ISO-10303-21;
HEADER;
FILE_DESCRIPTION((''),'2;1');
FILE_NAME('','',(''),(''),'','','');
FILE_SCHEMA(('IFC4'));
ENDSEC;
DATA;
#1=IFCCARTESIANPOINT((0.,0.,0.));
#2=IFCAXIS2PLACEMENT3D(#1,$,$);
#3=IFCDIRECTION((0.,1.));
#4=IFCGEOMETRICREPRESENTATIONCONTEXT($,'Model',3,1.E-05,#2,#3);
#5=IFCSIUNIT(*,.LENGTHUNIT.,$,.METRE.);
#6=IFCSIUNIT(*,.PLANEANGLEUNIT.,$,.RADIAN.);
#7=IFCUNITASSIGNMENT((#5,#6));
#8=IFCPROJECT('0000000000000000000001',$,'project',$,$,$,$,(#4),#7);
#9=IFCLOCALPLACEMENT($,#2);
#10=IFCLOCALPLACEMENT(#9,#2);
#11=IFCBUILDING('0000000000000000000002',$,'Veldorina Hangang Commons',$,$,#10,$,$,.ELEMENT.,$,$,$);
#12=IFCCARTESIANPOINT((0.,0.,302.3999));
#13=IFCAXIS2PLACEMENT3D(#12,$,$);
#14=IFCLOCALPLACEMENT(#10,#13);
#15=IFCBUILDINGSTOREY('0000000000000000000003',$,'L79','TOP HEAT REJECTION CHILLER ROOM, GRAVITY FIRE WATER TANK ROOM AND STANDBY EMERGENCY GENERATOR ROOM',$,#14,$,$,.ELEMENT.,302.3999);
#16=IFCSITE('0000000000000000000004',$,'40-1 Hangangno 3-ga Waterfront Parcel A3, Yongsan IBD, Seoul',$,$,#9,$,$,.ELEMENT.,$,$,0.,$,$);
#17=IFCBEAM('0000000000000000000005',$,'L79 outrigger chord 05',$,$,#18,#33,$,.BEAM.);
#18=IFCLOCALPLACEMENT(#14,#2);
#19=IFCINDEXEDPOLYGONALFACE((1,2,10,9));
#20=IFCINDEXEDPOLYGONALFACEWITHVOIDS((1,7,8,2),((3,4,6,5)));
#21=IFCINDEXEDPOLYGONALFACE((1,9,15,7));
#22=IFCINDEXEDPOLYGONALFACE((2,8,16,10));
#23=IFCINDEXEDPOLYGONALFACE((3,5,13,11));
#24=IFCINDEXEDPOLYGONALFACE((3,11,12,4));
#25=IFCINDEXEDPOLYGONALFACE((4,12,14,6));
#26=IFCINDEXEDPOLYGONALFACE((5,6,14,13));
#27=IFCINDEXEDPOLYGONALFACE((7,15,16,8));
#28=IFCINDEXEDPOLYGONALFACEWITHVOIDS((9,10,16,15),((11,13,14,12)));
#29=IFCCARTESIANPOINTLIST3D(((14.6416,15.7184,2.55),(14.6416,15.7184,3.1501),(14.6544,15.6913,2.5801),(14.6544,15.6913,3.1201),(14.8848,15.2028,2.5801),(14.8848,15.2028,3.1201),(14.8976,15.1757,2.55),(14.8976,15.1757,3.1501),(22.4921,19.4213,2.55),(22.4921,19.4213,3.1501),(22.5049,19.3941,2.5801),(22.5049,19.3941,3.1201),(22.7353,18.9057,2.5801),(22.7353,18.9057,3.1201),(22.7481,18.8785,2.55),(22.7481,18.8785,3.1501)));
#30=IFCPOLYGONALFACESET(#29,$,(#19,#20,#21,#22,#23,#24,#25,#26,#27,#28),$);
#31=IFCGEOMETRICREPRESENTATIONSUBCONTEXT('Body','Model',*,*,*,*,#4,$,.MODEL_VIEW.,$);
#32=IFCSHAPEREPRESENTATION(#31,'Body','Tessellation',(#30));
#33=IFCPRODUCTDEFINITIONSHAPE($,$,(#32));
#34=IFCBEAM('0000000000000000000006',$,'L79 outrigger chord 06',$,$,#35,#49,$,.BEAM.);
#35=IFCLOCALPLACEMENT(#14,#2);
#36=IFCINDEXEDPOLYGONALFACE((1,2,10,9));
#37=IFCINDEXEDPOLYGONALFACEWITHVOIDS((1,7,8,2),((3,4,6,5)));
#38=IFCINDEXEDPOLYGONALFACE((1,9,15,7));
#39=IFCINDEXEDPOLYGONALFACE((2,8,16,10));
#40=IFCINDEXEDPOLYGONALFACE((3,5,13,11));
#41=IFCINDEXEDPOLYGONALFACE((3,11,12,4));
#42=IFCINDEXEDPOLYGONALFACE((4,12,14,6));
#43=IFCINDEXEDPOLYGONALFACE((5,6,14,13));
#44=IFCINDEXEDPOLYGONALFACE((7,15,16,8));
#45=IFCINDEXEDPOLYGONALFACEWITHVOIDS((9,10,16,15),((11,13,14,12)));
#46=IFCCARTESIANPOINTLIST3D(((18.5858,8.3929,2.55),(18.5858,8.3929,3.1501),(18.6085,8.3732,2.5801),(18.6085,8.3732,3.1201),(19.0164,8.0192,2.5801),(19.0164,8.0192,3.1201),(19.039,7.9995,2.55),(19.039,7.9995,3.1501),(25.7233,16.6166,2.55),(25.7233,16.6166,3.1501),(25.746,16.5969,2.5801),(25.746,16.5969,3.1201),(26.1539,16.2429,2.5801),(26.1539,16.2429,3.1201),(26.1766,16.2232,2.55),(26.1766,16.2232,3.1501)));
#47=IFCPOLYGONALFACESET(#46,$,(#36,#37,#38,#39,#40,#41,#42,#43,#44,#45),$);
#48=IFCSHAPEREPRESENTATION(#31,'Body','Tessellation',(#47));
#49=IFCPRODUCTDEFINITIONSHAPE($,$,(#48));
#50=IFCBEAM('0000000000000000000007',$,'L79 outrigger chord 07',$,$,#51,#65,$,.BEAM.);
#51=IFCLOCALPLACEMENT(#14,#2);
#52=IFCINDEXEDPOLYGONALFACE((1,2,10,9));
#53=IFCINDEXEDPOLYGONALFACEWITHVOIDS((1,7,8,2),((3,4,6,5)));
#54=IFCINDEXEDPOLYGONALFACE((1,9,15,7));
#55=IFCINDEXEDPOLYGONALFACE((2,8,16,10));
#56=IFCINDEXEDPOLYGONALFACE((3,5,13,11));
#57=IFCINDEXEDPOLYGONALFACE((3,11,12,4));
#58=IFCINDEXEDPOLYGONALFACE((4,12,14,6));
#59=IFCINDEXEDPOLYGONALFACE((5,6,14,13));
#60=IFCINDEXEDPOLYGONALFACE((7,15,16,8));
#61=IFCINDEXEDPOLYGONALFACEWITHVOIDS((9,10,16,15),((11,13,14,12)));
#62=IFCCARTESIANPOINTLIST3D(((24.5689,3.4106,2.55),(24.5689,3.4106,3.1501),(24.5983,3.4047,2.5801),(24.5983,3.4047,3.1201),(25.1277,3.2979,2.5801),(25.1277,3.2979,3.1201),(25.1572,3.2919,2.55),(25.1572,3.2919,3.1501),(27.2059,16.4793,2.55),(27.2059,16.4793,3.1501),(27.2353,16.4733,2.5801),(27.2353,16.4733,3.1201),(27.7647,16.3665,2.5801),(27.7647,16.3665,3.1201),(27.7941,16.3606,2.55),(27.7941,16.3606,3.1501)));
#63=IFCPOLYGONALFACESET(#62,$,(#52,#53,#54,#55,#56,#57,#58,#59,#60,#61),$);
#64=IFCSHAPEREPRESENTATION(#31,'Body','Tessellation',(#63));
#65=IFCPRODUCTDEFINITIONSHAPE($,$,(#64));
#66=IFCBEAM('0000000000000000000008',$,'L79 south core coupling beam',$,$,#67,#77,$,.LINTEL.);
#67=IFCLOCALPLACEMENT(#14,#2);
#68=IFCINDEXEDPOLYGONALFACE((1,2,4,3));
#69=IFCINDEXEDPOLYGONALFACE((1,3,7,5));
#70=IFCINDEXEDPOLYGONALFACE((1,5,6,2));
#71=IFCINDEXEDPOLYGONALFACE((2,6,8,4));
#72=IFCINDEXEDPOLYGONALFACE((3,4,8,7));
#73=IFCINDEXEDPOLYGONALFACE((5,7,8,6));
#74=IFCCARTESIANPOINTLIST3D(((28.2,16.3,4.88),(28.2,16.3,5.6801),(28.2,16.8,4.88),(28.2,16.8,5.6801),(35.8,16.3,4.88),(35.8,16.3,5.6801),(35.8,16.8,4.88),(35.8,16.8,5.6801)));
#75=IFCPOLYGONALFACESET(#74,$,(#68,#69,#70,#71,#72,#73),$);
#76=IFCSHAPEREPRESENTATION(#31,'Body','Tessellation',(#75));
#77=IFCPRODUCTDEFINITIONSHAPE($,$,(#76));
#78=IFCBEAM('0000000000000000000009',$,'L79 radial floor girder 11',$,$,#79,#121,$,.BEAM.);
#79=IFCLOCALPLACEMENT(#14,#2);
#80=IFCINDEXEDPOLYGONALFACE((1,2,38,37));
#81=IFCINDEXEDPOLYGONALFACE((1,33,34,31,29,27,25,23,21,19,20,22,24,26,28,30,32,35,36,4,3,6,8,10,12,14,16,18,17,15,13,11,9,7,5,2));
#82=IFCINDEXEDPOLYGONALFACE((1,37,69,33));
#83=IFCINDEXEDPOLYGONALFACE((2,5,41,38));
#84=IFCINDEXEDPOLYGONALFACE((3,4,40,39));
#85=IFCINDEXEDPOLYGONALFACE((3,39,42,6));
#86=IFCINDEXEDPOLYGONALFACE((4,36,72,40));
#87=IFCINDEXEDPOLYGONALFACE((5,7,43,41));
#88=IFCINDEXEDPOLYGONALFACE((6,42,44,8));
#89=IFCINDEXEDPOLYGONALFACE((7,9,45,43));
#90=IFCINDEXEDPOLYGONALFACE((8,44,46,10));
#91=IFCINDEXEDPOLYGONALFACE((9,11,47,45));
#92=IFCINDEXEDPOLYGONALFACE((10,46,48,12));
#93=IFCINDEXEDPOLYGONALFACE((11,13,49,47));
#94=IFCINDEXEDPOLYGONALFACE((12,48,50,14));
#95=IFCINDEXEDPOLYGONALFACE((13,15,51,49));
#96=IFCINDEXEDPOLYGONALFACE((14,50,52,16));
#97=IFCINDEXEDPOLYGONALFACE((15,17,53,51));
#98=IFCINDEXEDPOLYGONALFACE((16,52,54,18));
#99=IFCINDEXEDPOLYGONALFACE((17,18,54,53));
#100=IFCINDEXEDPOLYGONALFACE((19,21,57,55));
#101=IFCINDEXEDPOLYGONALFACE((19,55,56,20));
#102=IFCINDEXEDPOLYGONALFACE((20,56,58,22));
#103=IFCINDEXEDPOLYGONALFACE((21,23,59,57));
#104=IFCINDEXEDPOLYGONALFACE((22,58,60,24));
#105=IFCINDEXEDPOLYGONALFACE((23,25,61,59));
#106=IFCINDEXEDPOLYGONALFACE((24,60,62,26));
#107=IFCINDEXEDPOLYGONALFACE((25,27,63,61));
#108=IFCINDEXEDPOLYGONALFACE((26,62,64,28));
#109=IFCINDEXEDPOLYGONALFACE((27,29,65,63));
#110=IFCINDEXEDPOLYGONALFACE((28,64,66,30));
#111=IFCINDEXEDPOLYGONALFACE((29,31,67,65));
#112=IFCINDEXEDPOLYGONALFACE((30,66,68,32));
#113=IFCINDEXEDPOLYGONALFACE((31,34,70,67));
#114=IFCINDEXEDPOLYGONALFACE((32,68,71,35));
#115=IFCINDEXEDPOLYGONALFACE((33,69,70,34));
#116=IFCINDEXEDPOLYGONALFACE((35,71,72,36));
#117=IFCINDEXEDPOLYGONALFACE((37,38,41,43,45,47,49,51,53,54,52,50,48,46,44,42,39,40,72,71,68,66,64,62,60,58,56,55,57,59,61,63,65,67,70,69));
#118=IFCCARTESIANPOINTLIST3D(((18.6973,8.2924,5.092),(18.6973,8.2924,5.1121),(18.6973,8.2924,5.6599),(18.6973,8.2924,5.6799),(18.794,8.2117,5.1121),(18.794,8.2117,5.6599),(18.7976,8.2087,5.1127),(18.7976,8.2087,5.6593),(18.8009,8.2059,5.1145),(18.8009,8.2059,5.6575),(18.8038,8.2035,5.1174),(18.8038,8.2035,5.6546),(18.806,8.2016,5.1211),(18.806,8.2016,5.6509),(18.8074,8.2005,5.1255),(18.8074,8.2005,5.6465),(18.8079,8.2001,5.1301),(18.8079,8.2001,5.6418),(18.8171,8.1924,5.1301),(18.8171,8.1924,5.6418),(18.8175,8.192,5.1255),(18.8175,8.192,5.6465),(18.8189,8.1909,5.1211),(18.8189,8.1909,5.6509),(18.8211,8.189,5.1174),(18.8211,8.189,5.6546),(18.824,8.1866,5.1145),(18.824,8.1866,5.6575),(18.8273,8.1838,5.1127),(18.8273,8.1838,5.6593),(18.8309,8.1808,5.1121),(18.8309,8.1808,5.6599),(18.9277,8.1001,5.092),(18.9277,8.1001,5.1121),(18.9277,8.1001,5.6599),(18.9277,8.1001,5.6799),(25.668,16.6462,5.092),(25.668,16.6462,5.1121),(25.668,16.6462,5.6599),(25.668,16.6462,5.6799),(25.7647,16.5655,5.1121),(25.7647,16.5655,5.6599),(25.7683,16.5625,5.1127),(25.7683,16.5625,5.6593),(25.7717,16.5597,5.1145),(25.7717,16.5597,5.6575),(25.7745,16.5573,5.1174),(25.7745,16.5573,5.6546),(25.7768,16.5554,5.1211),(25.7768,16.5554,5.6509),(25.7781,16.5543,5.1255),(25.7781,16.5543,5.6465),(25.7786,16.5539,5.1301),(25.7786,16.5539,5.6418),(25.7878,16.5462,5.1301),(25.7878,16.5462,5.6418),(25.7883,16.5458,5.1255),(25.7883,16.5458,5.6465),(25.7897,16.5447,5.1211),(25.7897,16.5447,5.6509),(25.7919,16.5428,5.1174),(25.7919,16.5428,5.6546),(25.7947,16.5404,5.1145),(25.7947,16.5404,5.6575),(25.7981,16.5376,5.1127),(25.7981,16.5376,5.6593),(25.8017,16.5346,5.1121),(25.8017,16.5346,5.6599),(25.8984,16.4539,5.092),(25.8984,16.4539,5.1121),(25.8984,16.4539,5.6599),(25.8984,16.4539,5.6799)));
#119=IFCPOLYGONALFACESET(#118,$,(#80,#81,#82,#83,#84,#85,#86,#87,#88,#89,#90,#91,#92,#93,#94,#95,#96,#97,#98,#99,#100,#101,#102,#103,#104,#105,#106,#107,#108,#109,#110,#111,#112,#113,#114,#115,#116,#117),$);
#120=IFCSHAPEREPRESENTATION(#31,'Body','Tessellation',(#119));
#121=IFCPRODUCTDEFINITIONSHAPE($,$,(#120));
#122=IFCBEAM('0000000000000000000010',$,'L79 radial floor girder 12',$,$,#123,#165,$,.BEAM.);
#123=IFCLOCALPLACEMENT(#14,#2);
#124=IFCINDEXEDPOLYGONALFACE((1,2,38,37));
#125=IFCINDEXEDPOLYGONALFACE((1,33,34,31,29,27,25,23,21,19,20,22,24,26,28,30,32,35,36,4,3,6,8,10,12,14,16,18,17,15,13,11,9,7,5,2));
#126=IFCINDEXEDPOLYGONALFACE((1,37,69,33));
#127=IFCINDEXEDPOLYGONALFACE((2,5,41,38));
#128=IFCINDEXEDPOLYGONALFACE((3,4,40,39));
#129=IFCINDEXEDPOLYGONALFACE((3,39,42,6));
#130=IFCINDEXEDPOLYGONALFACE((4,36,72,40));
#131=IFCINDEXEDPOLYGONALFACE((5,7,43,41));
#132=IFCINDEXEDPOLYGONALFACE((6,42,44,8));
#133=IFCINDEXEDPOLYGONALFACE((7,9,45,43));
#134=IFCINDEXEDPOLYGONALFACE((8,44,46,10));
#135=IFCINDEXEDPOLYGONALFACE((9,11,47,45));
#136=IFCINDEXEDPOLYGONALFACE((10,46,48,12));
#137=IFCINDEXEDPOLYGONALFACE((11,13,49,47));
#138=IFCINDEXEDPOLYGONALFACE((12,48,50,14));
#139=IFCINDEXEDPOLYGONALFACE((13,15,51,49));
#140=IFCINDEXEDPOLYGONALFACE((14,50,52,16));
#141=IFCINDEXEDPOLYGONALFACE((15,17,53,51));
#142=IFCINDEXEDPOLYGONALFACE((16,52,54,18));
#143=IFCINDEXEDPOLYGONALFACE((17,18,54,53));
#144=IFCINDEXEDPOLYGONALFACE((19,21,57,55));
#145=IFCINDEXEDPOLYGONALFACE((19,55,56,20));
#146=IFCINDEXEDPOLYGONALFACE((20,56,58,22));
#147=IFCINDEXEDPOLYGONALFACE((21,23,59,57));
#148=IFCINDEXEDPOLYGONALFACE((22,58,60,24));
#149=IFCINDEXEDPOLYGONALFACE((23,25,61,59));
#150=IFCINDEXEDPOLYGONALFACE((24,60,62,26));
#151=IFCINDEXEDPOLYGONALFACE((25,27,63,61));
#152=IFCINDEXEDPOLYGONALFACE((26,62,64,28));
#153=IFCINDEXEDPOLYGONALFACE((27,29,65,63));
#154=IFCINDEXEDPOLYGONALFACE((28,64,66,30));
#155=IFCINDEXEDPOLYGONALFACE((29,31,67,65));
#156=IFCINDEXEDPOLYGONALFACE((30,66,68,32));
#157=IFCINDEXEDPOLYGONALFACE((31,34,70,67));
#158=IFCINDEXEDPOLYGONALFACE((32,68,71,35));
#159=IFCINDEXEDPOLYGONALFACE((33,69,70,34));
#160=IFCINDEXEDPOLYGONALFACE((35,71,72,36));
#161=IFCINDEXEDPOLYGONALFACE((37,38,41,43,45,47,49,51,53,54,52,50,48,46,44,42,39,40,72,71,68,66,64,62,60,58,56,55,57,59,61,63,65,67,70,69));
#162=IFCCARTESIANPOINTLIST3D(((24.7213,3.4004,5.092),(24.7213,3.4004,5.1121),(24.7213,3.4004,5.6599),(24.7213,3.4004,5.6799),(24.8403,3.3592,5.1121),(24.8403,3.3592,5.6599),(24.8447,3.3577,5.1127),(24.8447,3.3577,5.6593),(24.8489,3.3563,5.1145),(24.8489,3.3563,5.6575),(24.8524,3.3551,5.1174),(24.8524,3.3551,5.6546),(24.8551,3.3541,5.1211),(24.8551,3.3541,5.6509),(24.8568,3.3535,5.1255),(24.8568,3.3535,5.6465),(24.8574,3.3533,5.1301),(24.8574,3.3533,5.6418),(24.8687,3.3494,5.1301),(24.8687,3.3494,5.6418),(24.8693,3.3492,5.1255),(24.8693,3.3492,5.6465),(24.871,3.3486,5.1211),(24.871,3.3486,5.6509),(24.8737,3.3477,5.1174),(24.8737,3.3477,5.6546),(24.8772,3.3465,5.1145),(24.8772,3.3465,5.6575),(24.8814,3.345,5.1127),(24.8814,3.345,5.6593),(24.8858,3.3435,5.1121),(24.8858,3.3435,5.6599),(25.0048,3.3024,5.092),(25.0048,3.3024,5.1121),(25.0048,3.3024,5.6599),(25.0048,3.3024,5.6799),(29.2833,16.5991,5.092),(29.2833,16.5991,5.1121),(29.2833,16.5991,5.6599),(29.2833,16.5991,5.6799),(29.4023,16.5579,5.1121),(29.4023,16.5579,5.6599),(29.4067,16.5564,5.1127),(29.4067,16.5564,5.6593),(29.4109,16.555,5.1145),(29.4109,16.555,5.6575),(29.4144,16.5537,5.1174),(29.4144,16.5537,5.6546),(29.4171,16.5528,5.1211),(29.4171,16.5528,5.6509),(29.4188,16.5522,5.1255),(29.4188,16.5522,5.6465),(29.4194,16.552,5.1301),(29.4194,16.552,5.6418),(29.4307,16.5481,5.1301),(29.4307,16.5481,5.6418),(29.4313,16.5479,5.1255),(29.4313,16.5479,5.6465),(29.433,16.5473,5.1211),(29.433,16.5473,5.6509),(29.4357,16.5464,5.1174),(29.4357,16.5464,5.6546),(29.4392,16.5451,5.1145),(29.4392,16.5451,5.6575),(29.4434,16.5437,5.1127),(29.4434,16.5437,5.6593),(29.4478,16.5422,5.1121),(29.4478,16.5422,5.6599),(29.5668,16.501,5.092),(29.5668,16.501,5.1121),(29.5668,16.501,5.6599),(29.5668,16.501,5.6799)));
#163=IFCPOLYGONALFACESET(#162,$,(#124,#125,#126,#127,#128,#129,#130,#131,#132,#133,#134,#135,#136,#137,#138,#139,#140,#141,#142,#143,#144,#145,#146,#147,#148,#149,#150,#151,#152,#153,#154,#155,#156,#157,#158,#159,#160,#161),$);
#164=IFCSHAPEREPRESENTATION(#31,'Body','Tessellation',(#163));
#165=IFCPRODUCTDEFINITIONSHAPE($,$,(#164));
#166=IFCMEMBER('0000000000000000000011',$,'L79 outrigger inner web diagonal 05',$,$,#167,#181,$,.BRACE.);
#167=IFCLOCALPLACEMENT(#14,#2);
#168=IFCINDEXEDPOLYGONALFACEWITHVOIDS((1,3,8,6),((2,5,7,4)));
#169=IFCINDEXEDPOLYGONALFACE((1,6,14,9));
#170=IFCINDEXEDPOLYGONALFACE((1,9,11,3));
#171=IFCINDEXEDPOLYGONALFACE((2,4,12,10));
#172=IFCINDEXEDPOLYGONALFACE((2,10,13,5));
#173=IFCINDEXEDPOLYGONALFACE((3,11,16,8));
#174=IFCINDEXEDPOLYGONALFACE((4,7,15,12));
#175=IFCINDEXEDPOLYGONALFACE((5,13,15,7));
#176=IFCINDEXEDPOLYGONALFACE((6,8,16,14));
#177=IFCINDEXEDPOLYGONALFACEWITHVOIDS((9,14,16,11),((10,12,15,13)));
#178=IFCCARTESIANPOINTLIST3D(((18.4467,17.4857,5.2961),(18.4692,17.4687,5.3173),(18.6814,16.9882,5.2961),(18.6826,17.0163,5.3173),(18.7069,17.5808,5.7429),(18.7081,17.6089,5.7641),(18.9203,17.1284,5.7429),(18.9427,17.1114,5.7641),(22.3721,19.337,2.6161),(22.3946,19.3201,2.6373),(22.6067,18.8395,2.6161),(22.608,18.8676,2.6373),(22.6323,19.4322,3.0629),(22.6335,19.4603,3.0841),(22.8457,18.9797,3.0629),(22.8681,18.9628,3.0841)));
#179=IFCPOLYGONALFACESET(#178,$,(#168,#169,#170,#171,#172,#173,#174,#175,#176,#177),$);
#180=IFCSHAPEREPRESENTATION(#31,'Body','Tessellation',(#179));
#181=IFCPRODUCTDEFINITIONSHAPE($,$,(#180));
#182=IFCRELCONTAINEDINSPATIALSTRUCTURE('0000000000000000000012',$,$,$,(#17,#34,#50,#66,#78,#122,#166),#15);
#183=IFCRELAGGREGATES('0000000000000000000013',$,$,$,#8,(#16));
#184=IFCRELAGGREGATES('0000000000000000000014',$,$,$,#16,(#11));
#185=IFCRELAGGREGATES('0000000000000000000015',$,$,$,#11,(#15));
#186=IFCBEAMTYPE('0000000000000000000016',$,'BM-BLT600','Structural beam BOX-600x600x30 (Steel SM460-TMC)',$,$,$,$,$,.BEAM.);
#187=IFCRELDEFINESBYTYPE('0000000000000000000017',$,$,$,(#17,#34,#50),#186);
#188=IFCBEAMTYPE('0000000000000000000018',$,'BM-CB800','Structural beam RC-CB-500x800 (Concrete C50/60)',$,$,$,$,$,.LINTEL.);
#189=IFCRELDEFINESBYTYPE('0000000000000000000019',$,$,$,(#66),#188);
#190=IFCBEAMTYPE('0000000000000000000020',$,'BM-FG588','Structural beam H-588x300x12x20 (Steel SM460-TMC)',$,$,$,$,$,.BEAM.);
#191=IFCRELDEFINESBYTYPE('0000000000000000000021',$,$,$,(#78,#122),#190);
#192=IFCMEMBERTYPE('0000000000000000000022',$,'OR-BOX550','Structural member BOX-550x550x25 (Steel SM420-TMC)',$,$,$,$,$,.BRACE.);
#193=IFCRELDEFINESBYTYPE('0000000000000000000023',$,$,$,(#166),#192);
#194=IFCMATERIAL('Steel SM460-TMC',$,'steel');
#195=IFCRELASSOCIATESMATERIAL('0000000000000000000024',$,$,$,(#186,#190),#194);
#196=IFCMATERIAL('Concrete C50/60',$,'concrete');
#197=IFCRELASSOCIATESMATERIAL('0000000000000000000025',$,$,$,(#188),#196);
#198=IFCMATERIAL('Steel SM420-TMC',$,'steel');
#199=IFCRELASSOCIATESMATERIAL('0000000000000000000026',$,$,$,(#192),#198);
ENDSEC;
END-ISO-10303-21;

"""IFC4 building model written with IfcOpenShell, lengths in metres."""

from ifc_helpers import new_model, si_unit, direction, frame, origin, origin_2d, place, context, subcontext, project, spatial, rectangle, hollow_rectangle, i_section, extrude, material, material_profile, profile_set, type_object, element, save


model = new_model("IFC4")

# Units and contexts
model_context = context("Model", 3, precision=1e-05, world=origin(), true_north=direction((0.0, 1.0)))
body_context = subcontext(model_context, "Body", "Model", "MODEL_VIEW")
ifc_project = project(units=[si_unit("LENGTHUNIT", "METRE"), si_unit("PLANEANGLEUNIT", "RADIAN")], contexts=[model_context])

# Site, building, storey
site_placement = place(None, origin())
site = spatial("IfcSite", under=ifc_project, at=site_placement, Name="40-1 Hangangno 3-ga Waterfront Parcel A3, Yongsan IBD, Seoul", CompositionType="ELEMENT", RefElevation=0.0)
building_placement = place(site_placement, origin())
building = spatial("IfcBuilding", under=site, at=building_placement, Name="Veldorina Hangang Commons", CompositionType="ELEMENT")
storey_placement = place(building_placement, frame((0.0, 0.0, 302.3999)))
storey = spatial("IfcBuildingStorey", under=building, at=storey_placement, Name="L79", Description="TOP HEAT REJECTION CHILLER ROOM, GRAVITY FIRE WATER TANK ROOM AND STANDBY EMERGENCY GENERATOR ROOM", CompositionType="ELEMENT", Elevation=302.3999)

# Beams
ifc_material_1 = material(Name="Steel SM460-TMC", Category="steel")
ifc_material_profile_1 = material_profile(ifc_material_1, hollow_rectangle(XDim=0.6001, YDim=0.6001, WallThickness=0.03, at=origin_2d()), Name="BOX-600x600x30")
ifc_profile_set_1 = profile_set([ifc_material_profile_1], Name="Steel SM460-TMC")
beam_type_1 = type_object("IfcBeamType", Name="BM-BLT600", Description="Structural beam BOX-600x600x30 (Steel SM460-TMC)", PredefinedType="BEAM", material=ifc_profile_set_1)
beam_1_placement = place(storey_placement, frame((22.6201, 19.1499, 2.8501), z_axis=(-0.904442, -0.426597, 0.0), x_axis=(0.426597, -0.904442, 0.0)))
element("IfcBeam", 1, at=beam_1_placement, inside=storey, type_object=beam_type_1, Name="L79 outrigger chord 05", PredefinedType="BEAM", context=body_context, shape_type="SweptSolid", body=[
    extrude(hollow_rectangle(XDim=0.6001, YDim=0.6001, WallThickness=0.03, at=origin_2d()), origin(), (0.0, 0.0, 1.0), 8.6799),
])
beam_2_placement = place(storey_placement, frame((25.95, 16.4199, 2.8501), z_axis=(-0.655471, -0.755221, 0.0), x_axis=(0.755221, -0.655471, 0.0)))
element("IfcBeam", 2, at=beam_2_placement, inside=storey, type_object=beam_type_1, Name="L79 outrigger chord 06", PredefinedType="BEAM", context=body_context, shape_type="SweptSolid", body=[
    extrude(hollow_rectangle(XDim=0.6001, YDim=0.6001, WallThickness=0.03, at=origin_2d()), origin(), (0.0, 0.0, 1.0), 10.8892),
])
beam_3_placement = place(storey_placement, frame((27.5, 16.4199, 2.8501), z_axis=(-0.197792, -0.980244, 0.0), x_axis=(0.980244, -0.197792, 0.0)))
element("IfcBeam", 3, at=beam_3_placement, inside=storey, type_object=beam_type_1, Name="L79 outrigger chord 07", PredefinedType="BEAM", context=body_context, shape_type="SweptSolid", body=[
    extrude(hollow_rectangle(XDim=0.6001, YDim=0.6001, WallThickness=0.03, at=origin_2d()), origin(), (0.0, 0.0, 1.0), 13.332),
])
ifc_material_2 = material(Name="Concrete C50/60", Category="concrete")
ifc_material_profile_2 = material_profile(ifc_material_2, rectangle(XDim=0.5, YDim=0.8, at=origin_2d()), Name="RC-CB-500x800")
ifc_profile_set_2 = profile_set([ifc_material_profile_2], Name="Concrete C50/60")
beam_type_2 = type_object("IfcBeamType", Name="BM-CB800", Description="Structural beam RC-CB-500x800 (Concrete C50/60)", PredefinedType="LINTEL", material=ifc_profile_set_2)
beam_4_placement = place(storey_placement, frame((28.2, 16.55, 5.28), z_axis=(1.0, 0.0, 0.0), x_axis=(0.0, 1.0, 0.0)))
element("IfcBeam", 4, at=beam_4_placement, inside=storey, type_object=beam_type_2, Name="L79 south core coupling beam", PredefinedType="LINTEL", context=body_context, shape_type="SweptSolid", body=[
    extrude(rectangle(XDim=0.5, YDim=0.8, at=origin_2d()), origin(), (0.0, 0.0, 1.0), 7.6001),
])
ifc_material_profile_3 = material_profile(ifc_material_1, i_section(OverallWidth=0.3, OverallDepth=0.5879, WebThickness=0.012, FlangeThickness=0.02, FilletRadius=0.0181, at=origin_2d()), Name="H-588x300x12x20")
ifc_profile_set_3 = profile_set([ifc_material_profile_3], Name="Steel SM460-TMC")
beam_type_3 = type_object("IfcBeamType", Name="BM-FG588", Description="Structural beam H-588x300x12x20 (Steel SM460-TMC)", PredefinedType="BEAM", material=ifc_profile_set_3)
beam_5_placement = place(storey_placement, frame((25.7832, 16.55, 5.386), z_axis=(-0.640685, -0.767804, 0.0), x_axis=(0.767804, -0.640685, 0.0)))
element("IfcBeam", 5, at=beam_5_placement, inside=storey, type_object=beam_type_3, Name="L79 radial floor girder 11", PredefinedType="BEAM", context=body_context, shape_type="SweptSolid", body=[
    extrude(i_section(OverallWidth=0.3, OverallDepth=0.5879, WebThickness=0.012, FlangeThickness=0.02, FilletRadius=0.0181, at=origin_2d()), origin(), (0.0, 0.0, 1.0), 10.8801),
])
beam_6_placement = place(storey_placement, frame((29.425, 16.55, 5.386), z_axis=(-0.326677, -0.945136, 0.0), x_axis=(0.945136, -0.326677, 0.0)))
element("IfcBeam", 6, at=beam_6_placement, inside=storey, type_object=beam_type_3, Name="L79 radial floor girder 12", PredefinedType="BEAM", context=body_context, shape_type="SweptSolid", body=[
    extrude(i_section(OverallWidth=0.3, OverallDepth=0.5879, WebThickness=0.012, FlangeThickness=0.02, FilletRadius=0.0181, at=origin_2d()), origin(), (0.0, 0.0, 1.0), 13.9648),
])

# Member
ifc_material_3 = material(Name="Steel SM420-TMC", Category="steel")
ifc_material_profile_4 = material_profile(ifc_material_3, hollow_rectangle(XDim=0.55, YDim=0.55, WallThickness=0.0249, at=origin_2d()), Name="BOX-550x550x25")
ifc_profile_set_4 = profile_set([ifc_material_profile_4], Name="Steel SM420-TMC")
member_type = type_object("IfcMemberType", Name="OR-BOX550", Description="Structural member BOX-550x550x25 (Steel SM420-TMC)", PredefinedType="BRACE", material=ifc_profile_set_4)
member_1_placement = place(storey_placement, frame((22.6201, 19.1499, 2.8501), z_axis=(-0.769557, -0.362952, 0.525403), x_axis=(0.426574, -0.904452, 0.0)))
element("IfcMember", 7, at=member_1_placement, inside=storey, type_object=member_type, Name="L79 outrigger inner web diagonal 05", PredefinedType="BRACE", context=body_context, shape_type="SweptSolid", body=[
    extrude(hollow_rectangle(XDim=0.55, YDim=0.55, WallThickness=0.0249, at=origin_2d()), origin(), (0.0, 0.0, 1.0), 5.1008),
])

save(model, "model.ifc")
